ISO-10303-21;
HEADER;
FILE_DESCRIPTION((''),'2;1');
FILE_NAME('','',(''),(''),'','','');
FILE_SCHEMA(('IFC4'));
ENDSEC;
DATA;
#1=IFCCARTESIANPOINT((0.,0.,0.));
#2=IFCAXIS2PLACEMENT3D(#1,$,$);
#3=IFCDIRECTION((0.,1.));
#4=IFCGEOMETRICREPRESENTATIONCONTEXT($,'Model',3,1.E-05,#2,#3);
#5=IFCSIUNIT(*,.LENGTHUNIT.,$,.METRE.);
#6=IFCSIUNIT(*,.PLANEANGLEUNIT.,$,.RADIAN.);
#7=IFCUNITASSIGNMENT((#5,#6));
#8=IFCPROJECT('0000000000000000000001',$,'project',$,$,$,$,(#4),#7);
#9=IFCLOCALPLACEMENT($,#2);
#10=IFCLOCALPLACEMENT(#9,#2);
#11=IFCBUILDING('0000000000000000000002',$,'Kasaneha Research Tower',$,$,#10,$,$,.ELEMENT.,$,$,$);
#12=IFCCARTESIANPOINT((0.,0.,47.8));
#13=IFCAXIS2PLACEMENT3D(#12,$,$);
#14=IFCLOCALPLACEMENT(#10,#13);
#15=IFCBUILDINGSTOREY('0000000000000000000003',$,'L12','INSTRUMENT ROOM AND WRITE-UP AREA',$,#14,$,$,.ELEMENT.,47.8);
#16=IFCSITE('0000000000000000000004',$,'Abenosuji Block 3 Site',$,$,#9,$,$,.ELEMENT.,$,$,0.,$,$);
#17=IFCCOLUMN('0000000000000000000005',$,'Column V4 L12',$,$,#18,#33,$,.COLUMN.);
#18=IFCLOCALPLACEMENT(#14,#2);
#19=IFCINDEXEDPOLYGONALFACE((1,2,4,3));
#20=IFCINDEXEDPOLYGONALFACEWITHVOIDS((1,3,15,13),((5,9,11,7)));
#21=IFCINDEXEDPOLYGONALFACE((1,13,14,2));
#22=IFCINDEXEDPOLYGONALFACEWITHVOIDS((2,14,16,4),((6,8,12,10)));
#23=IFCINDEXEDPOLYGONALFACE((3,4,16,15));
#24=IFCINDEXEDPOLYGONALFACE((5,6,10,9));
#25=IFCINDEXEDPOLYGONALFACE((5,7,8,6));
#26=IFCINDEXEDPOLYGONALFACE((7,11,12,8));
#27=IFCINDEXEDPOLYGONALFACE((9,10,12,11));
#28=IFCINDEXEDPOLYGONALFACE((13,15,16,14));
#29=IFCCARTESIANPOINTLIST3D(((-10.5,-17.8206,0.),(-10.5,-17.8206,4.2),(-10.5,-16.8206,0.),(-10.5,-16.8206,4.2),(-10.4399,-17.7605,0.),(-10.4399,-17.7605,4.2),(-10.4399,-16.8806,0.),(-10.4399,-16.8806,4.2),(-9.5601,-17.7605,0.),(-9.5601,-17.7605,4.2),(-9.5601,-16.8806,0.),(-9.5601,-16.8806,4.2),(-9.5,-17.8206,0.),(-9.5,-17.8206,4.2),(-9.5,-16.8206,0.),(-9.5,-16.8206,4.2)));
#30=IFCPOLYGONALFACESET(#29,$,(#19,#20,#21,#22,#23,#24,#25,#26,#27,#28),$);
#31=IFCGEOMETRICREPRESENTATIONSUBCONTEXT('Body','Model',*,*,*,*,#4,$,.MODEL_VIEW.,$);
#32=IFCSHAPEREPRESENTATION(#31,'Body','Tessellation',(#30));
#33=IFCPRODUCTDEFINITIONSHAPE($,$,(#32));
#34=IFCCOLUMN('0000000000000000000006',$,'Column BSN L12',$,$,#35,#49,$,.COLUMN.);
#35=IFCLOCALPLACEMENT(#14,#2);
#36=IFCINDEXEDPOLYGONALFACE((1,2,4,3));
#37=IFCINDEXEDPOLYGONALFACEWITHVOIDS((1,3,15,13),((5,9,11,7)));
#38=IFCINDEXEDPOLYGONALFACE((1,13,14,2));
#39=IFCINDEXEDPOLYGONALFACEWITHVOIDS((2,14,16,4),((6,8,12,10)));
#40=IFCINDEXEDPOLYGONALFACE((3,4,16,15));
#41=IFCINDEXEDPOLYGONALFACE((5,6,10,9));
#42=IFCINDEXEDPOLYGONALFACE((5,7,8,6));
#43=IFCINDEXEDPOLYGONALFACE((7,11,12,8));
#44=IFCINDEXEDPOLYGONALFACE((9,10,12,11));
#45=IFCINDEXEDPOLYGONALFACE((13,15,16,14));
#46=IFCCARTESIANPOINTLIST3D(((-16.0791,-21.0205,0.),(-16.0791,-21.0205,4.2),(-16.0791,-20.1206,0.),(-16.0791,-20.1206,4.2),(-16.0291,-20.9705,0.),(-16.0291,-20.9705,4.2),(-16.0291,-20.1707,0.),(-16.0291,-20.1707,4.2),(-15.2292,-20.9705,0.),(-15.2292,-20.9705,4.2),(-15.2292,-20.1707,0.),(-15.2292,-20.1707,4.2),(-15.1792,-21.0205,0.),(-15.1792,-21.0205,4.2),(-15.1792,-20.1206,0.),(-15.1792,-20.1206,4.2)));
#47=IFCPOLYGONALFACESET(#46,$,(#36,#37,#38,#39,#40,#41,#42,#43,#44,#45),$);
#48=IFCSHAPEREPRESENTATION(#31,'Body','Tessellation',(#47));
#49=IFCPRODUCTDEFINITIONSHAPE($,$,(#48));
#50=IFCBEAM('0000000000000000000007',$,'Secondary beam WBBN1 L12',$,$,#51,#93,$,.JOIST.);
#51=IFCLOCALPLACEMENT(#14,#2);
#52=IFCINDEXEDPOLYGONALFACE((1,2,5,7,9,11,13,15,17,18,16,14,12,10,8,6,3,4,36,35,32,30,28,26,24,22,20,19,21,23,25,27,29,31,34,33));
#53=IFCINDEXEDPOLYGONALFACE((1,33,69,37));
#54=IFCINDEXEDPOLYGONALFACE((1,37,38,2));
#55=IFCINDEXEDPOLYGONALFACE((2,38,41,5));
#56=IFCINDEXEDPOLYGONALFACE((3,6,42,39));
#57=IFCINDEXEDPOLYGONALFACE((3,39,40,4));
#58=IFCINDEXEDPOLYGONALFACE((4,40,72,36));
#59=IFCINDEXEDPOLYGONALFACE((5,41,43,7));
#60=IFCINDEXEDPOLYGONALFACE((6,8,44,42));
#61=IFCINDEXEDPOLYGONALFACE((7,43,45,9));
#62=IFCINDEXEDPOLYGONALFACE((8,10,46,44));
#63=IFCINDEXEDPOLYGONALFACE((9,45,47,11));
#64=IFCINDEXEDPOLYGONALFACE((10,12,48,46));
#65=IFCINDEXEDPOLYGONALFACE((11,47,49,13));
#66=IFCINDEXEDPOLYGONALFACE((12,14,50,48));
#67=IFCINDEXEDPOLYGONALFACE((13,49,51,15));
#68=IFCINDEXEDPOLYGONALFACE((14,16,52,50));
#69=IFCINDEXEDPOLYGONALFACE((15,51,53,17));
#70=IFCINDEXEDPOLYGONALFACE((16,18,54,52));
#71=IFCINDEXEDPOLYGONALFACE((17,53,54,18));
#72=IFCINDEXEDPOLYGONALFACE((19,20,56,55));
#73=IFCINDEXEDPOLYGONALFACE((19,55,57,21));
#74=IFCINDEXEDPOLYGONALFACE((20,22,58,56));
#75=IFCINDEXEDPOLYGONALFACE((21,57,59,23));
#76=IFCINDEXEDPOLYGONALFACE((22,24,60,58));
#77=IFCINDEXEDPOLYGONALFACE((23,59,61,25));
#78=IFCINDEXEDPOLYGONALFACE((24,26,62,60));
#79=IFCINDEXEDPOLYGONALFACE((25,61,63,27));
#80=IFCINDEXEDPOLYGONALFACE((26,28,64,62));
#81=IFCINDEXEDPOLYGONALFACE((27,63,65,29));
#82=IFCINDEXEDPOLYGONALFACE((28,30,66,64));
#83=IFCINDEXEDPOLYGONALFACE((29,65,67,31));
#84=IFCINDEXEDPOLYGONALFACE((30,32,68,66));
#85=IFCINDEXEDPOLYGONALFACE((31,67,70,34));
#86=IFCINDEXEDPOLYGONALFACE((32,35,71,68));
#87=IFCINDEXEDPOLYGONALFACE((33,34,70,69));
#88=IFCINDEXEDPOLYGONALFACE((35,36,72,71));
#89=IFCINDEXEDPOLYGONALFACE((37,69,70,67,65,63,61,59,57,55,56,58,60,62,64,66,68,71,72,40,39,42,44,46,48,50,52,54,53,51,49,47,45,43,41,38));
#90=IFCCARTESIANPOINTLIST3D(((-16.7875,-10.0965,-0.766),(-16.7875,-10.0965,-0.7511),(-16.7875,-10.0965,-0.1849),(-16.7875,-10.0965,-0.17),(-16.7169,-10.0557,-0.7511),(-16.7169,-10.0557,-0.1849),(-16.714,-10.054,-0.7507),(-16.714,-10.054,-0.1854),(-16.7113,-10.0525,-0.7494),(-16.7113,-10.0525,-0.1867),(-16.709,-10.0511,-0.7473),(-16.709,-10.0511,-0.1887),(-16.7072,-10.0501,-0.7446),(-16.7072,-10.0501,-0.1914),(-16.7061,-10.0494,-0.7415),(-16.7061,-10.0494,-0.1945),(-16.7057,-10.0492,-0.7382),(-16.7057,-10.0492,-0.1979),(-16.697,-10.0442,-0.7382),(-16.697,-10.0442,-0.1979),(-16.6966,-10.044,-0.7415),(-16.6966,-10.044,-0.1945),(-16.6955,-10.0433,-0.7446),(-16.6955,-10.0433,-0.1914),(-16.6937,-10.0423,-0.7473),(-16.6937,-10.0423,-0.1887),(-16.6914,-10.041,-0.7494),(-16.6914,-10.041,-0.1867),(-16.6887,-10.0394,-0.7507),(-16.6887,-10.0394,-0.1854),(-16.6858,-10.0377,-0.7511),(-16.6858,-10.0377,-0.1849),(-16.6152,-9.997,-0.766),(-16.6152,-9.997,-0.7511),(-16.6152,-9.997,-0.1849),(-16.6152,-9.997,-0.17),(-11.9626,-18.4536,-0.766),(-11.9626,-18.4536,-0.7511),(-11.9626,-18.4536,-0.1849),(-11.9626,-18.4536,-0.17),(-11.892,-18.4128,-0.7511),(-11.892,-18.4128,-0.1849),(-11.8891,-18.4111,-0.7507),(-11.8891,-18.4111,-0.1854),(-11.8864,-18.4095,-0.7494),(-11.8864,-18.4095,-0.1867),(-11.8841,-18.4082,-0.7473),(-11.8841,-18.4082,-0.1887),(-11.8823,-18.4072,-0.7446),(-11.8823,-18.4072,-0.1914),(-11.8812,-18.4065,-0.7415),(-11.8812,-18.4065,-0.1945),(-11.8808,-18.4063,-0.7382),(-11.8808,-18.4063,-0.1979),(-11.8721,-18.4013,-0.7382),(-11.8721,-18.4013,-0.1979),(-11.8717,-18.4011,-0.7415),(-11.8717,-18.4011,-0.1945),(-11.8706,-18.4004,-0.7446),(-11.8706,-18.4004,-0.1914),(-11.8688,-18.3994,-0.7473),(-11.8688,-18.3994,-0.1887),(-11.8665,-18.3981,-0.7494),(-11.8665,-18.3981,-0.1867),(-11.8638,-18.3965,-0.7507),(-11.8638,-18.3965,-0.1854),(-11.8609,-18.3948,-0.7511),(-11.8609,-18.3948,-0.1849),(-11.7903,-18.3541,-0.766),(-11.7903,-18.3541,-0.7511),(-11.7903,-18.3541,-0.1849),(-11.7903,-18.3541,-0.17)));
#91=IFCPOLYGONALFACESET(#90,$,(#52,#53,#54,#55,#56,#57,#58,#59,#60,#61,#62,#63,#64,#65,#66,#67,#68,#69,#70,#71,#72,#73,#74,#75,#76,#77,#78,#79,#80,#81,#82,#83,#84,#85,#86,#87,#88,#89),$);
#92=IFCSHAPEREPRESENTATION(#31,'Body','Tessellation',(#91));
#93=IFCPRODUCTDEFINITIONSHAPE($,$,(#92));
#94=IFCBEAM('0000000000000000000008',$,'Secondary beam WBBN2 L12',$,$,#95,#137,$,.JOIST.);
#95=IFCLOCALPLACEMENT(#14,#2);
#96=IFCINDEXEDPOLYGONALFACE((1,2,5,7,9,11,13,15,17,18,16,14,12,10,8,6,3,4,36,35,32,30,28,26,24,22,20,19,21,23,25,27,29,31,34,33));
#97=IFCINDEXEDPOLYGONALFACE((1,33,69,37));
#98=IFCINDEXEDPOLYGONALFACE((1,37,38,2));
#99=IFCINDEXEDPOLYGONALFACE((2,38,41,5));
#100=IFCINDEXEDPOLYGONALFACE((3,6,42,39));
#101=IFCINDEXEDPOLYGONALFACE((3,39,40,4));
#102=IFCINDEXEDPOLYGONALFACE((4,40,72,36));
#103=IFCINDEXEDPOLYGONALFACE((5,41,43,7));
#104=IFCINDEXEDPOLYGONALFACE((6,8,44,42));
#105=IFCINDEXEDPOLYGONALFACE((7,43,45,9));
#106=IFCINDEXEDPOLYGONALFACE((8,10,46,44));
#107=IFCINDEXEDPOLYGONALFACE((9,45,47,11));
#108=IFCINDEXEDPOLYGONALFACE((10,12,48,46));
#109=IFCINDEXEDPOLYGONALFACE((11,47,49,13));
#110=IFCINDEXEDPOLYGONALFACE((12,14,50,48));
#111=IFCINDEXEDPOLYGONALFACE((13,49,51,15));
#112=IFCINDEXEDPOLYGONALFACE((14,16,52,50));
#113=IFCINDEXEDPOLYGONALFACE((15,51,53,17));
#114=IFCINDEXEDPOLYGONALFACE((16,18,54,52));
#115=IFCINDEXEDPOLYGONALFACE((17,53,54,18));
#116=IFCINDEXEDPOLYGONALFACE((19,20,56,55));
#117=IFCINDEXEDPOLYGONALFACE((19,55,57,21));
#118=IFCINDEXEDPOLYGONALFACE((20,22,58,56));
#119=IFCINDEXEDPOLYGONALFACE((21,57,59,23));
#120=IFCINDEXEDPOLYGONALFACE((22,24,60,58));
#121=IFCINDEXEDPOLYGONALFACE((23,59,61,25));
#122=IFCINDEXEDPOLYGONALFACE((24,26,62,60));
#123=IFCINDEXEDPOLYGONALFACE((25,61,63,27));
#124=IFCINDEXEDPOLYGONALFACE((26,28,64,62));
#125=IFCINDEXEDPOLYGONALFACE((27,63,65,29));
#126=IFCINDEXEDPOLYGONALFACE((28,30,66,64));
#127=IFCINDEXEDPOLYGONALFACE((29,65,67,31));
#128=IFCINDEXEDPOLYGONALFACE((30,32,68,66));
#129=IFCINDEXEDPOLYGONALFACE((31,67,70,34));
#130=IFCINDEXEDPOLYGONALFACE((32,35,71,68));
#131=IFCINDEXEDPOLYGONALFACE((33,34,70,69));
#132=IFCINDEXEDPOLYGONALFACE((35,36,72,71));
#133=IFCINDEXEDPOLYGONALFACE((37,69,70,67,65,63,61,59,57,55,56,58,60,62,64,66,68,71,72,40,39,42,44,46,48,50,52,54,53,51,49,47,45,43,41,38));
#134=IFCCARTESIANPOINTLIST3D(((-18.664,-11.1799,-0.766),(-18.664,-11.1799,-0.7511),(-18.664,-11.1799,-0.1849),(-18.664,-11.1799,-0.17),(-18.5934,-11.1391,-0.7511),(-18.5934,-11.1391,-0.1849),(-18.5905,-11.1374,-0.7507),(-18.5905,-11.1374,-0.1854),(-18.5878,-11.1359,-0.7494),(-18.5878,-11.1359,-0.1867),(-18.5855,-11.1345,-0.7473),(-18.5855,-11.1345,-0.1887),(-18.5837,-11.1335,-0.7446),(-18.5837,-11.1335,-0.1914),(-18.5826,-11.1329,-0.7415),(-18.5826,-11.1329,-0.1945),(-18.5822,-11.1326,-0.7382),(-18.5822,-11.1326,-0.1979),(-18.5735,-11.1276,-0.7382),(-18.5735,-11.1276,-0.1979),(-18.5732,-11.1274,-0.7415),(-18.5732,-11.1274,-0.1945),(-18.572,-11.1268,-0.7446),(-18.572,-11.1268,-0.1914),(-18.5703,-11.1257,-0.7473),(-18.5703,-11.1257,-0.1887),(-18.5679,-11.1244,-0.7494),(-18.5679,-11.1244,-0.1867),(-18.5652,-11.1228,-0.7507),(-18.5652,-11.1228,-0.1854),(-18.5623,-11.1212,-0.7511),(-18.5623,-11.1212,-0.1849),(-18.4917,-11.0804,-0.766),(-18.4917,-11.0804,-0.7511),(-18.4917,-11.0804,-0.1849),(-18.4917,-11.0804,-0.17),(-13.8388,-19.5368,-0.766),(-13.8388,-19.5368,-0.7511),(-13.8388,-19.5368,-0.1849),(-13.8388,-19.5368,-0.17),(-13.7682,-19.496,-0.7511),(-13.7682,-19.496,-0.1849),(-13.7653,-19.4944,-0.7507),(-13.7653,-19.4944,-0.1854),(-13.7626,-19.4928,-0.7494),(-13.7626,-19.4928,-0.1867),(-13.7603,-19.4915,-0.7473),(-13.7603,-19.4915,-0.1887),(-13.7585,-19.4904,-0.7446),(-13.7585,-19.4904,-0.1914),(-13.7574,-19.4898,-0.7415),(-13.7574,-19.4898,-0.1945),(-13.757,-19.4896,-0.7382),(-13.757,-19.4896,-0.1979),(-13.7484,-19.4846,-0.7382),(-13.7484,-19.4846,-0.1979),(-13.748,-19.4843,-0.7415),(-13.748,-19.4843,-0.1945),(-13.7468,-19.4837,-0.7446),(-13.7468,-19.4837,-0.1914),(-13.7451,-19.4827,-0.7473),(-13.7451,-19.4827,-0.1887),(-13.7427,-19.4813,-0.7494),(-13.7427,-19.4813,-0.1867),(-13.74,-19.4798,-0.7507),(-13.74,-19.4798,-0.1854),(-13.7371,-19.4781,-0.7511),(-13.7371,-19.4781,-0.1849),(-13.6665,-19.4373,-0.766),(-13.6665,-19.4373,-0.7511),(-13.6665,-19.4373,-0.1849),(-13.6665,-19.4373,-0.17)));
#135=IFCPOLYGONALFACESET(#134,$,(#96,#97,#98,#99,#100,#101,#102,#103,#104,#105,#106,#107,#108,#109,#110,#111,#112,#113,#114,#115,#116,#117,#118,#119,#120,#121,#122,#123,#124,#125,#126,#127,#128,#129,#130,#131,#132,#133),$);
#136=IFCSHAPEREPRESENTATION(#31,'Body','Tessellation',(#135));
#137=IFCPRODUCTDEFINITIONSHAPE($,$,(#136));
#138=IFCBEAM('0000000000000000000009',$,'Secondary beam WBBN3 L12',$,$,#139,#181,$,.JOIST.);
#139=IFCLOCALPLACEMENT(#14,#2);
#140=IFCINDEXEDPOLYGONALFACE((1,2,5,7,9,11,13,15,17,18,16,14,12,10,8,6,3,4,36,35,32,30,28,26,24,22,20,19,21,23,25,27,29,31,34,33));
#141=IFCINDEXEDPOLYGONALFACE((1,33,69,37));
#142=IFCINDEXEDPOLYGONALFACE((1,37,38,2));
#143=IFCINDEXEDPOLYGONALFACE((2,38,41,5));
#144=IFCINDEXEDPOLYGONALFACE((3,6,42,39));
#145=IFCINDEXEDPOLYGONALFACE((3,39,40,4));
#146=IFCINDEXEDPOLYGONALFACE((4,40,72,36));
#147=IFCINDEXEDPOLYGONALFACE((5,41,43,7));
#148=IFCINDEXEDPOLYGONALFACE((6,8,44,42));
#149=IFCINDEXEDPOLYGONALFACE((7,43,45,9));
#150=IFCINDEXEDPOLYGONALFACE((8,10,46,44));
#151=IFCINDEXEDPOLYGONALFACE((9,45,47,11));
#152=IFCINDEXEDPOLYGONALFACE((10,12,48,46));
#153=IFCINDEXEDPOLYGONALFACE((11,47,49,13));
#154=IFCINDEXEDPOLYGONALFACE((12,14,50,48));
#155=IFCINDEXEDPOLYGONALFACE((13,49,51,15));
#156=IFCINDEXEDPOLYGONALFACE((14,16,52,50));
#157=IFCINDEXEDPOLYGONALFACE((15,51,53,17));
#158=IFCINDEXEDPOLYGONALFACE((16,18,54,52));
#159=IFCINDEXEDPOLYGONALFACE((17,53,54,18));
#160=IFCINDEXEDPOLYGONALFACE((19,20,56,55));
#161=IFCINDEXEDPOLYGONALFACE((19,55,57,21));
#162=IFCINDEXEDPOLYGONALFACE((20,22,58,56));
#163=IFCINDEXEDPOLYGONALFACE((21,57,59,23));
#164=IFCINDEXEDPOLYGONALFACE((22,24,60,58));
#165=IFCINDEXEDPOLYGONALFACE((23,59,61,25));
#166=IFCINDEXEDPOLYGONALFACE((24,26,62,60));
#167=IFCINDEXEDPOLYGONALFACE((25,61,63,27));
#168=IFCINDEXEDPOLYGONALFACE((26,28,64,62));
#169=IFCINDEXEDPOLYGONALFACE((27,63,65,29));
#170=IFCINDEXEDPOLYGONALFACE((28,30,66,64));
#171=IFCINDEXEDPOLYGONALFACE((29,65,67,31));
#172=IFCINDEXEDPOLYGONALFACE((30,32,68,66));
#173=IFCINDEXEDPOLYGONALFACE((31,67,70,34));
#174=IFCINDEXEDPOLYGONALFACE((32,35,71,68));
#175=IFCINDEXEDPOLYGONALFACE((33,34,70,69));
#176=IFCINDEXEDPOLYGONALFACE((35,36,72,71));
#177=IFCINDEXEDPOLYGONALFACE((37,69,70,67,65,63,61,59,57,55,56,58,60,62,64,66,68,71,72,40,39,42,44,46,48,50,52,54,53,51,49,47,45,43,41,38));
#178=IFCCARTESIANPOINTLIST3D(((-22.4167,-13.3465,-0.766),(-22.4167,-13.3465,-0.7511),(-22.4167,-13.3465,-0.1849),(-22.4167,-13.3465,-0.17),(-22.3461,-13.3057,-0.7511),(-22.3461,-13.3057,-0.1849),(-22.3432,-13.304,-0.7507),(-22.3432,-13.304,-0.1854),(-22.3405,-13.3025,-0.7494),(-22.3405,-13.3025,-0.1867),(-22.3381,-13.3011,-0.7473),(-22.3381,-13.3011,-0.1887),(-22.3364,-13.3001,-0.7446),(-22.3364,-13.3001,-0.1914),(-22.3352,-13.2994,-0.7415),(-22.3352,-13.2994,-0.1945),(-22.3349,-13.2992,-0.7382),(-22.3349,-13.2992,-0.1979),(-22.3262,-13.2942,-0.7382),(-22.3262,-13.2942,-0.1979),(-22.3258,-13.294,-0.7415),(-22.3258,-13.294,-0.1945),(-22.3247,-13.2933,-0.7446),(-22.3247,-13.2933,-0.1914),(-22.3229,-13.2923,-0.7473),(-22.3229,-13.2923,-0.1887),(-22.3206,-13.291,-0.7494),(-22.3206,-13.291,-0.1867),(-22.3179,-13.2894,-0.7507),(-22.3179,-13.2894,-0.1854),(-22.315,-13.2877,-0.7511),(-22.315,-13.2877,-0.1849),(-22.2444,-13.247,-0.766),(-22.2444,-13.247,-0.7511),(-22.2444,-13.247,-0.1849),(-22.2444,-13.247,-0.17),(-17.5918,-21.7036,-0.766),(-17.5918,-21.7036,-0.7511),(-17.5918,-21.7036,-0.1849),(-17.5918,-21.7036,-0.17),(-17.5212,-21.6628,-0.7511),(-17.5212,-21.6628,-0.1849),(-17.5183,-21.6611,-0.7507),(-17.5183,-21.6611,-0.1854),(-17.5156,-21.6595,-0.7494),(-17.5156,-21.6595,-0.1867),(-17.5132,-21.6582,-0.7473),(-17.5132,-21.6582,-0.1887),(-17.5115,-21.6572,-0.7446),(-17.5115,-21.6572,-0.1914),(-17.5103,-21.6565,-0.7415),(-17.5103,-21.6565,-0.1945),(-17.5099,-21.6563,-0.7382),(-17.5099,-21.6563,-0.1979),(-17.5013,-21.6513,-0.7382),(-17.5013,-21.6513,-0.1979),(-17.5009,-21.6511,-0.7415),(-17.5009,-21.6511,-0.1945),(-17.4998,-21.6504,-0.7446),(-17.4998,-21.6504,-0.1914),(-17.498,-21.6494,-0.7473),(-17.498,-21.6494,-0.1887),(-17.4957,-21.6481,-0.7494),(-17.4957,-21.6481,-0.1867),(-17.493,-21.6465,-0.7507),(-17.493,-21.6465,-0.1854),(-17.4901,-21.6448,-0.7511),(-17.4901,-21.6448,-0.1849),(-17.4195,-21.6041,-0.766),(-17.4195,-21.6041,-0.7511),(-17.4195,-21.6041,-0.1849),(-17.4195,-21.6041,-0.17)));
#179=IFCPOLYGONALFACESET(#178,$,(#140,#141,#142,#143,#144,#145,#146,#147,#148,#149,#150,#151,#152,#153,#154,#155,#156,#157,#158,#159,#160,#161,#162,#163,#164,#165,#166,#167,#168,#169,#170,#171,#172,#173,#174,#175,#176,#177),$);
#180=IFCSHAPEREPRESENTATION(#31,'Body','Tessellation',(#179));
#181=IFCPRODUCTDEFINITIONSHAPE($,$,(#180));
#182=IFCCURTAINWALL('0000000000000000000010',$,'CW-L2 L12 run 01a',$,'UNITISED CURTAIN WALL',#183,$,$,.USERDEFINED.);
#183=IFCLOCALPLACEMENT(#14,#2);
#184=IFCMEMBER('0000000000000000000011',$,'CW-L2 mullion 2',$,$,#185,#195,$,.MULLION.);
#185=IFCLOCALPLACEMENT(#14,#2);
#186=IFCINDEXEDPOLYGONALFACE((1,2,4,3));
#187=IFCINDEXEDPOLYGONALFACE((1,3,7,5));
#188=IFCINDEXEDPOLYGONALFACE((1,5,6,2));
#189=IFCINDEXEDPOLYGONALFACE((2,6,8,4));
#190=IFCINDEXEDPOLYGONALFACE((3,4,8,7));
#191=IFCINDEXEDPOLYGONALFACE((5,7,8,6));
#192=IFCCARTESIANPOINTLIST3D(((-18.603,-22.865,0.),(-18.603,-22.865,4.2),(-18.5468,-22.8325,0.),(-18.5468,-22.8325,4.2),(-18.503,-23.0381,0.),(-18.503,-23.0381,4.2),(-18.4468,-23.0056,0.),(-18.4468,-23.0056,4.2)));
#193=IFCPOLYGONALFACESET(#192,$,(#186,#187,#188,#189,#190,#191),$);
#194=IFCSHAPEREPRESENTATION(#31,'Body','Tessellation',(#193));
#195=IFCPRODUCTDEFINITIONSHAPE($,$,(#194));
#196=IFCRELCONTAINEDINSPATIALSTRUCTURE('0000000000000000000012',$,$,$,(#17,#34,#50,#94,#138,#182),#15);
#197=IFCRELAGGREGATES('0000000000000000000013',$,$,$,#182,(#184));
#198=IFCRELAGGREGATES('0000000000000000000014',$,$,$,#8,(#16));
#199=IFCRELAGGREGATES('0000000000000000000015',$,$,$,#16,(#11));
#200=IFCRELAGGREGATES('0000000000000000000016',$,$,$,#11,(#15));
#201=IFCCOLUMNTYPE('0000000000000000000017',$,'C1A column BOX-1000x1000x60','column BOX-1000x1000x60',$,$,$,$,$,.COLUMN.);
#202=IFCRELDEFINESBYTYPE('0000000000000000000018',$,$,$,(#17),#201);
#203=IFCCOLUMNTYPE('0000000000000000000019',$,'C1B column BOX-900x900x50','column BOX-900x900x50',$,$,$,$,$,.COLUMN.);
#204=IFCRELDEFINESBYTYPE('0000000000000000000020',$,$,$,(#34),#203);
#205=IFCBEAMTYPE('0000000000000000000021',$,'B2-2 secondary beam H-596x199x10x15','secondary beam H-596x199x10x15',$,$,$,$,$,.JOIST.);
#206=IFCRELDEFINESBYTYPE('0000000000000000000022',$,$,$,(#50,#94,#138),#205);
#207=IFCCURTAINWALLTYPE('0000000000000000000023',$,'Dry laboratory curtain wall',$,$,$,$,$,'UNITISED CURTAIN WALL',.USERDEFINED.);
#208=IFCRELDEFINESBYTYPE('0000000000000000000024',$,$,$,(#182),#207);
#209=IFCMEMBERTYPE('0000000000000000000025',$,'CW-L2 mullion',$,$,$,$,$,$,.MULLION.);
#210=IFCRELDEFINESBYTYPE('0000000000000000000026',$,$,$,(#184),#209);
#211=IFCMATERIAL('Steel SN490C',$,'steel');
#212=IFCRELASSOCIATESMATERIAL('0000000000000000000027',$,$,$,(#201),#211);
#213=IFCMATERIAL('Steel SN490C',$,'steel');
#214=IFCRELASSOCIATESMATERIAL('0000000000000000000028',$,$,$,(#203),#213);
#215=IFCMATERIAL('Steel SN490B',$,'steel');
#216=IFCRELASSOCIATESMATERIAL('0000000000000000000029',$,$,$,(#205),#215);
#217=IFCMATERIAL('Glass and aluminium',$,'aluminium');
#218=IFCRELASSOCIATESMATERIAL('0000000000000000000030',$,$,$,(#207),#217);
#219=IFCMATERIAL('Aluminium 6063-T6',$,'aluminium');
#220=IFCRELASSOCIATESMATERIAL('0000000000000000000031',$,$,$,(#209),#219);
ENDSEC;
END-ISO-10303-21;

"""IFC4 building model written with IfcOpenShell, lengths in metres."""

from ifc_helpers import new_model, si_unit, direction, frame, origin, origin_2d, place, context, subcontext, project, spatial, rectangle, hollow_rectangle, i_section, extrude, material, material_profile, profile_set, type_object, element, aggregate, save


model = new_model("IFC4")

# Units and contexts
model_context = context("Model", 3, precision=1e-05, world=origin(), true_north=direction((0.0, 1.0)))
body_context = subcontext(model_context, "Body", "Model", "MODEL_VIEW")
ifc_project = project(units=[si_unit("LENGTHUNIT", "METRE"), si_unit("PLANEANGLEUNIT", "RADIAN")], contexts=[model_context])

# Site, building, storey
site_placement = place(None, origin())
site = spatial("IfcSite", under=ifc_project, at=site_placement, Name="Abenosuji Block 3 Site", CompositionType="ELEMENT", RefElevation=0.0)
building_placement = place(site_placement, origin())
building = spatial("IfcBuilding", under=site, at=building_placement, Name="Kasaneha Research Tower", CompositionType="ELEMENT")
storey_placement = place(building_placement, frame((0.0, 0.0, 47.8)))
storey = spatial("IfcBuildingStorey", under=building, at=storey_placement, Name="L12", Description="INSTRUMENT ROOM AND WRITE-UP AREA", CompositionType="ELEMENT", Elevation=47.8)

# Columns
ifc_material_1 = material(Name="Steel SN490C", Category="steel")
ifc_material_profile_1 = material_profile(ifc_material_1, hollow_rectangle(XDim=1.0, YDim=1.0, WallThickness=0.0601, at=origin_2d()), Name="BOX-1000x1000x60")
ifc_profile_set_1 = profile_set([ifc_material_profile_1], Name="Steel SN490C")
column_type_1 = type_object("IfcColumnType", Name="C1A column BOX-1000x1000x60", Description="column BOX-1000x1000x60", PredefinedType="COLUMN", material=ifc_profile_set_1)
column_1_placement = place(storey_placement, frame((-10.0, -17.3206, 0.0), z_axis=(0.0, 0.0, 1.0), x_axis=(1.0, 0.0, 0.0)))
element("IfcColumn", 1, at=column_1_placement, inside=storey, type_object=column_type_1, Name="Column V4 L12", PredefinedType="COLUMN", context=body_context, shape_type="SweptSolid", body=[
    extrude(hollow_rectangle(XDim=1.0, YDim=1.0, WallThickness=0.0601, at=origin_2d()), origin(), (0.0, 0.0, 1.0), 4.2),
])
ifc_material_2 = material(Name="Steel SN490C", Category="steel")
ifc_material_profile_2 = material_profile(ifc_material_2, hollow_rectangle(XDim=0.8999, YDim=0.8999, WallThickness=0.05, at=origin_2d()), Name="BOX-900x900x50")
ifc_profile_set_2 = profile_set([ifc_material_profile_2], Name="Steel SN490C")
column_type_2 = type_object("IfcColumnType", Name="C1B column BOX-900x900x50", Description="column BOX-900x900x50", PredefinedType="COLUMN", material=ifc_profile_set_2)
column_2_placement = place(storey_placement, frame((-15.6292, -20.5706, 0.0), z_axis=(0.0, 0.0, 1.0), x_axis=(1.0, 0.0, 0.0)))
element("IfcColumn", 2, at=column_2_placement, inside=storey, type_object=column_type_2, Name="Column BSN L12", PredefinedType="COLUMN", context=body_context, shape_type="SweptSolid", body=[
    extrude(hollow_rectangle(XDim=0.8999, YDim=0.8999, WallThickness=0.05, at=origin_2d()), origin(), (0.0, 0.0, 1.0), 4.2),
])

# Beams
ifc_material_3 = material(Name="Steel SN490B", Category="steel")
ifc_material_profile_3 = material_profile(ifc_material_3, i_section(OverallWidth=0.199, OverallDepth=0.5959, WebThickness=0.01, FlangeThickness=0.0149, FilletRadius=0.0129, at=origin_2d()), Name="H-596x199x10x15")
ifc_profile_set_3 = profile_set([ifc_material_profile_3], Name="Steel SN490B")
beam_type_1 = type_object("IfcBeamType", Name="B2-2 secondary beam H-596x199x10x15", Description="secondary beam H-596x199x10x15", PredefinedType="JOIST", material=ifc_profile_set_3)
for number, where, z_axis, x_axis, name in (
    (3, (-11.8765, -18.4038, -0.468), (-0.499995, 0.866028, 0.0), (-0.866028, -0.499995, 0.0), "Secondary beam WBBN1 L12"),
    (4, (-13.7527, -19.4871, -0.468), (-0.500025, 0.866011, 0.0), (-0.866011, -0.500025, 0.0), "Secondary beam WBBN2 L12"),
    (5, (-17.5056, -21.6538, -0.468), (-0.499995, 0.866028, 0.0), (-0.866028, -0.499995, 0.0), "Secondary beam WBBN3 L12"),
):
    element("IfcBeam", number, at=place(storey_placement, frame(where, z_axis=z_axis, x_axis=x_axis)), inside=storey, type_object=beam_type_1, Name=name, PredefinedType="JOIST", context=body_context, shape_type="SweptSolid", body=[
        extrude(i_section(OverallWidth=0.199, OverallDepth=0.5959, WebThickness=0.01, FlangeThickness=0.0149, FilletRadius=0.0129, at=origin_2d()), origin(), (0.0, 0.0, 1.0), 9.6499),
    ])

# Curtain wall, member
ifc_material_4 = material(Name="Glass and aluminium", Category="aluminium")
curtain_wall_type = type_object("IfcCurtainWallType", Name="Dry laboratory curtain wall", ElementType="UNITISED CURTAIN WALL", PredefinedType="USERDEFINED", material=ifc_material_4)
curtain_wall_1_placement = place(storey_placement, origin())
curtain_wall_1 = element("IfcCurtainWall", 6, at=curtain_wall_1_placement, inside=storey, type_object=curtain_wall_type, Name="CW-L2 L12 run 01a", ObjectType="UNITISED CURTAIN WALL", PredefinedType="USERDEFINED")
ifc_material_5 = material(Name="Aluminium 6063-T6", Category="aluminium")
ifc_material_profile_4 = material_profile(ifc_material_5, rectangle(XDim=0.0649, YDim=0.2, at=origin_2d()), Name="CW-L2 mullion 65x200")
ifc_profile_set_4 = profile_set([ifc_material_profile_4], Name="Aluminium 6063-T6")
member_type_1 = type_object("IfcMemberType", Name="CW-L2 mullion", PredefinedType="MULLION", material=ifc_profile_set_4)
member_1_placement = place(storey_placement, frame((-18.5249, -22.9353, 0.0), z_axis=(0.0, 0.0, 1.0), x_axis=(0.866025, 0.5, 0.0)))
member_1 = element("IfcMember", 7, at=member_1_placement, type_object=member_type_1, Name="CW-L2 mullion 2", PredefinedType="MULLION", context=body_context, shape_type="SweptSolid", body=[
    extrude(rectangle(XDim=0.0649, YDim=0.2, at=origin_2d()), origin(), (0.0, 0.0, 1.0), 4.2),
])

aggregate(curtain_wall_1, [member_1])

save(model, "model.ifc")
